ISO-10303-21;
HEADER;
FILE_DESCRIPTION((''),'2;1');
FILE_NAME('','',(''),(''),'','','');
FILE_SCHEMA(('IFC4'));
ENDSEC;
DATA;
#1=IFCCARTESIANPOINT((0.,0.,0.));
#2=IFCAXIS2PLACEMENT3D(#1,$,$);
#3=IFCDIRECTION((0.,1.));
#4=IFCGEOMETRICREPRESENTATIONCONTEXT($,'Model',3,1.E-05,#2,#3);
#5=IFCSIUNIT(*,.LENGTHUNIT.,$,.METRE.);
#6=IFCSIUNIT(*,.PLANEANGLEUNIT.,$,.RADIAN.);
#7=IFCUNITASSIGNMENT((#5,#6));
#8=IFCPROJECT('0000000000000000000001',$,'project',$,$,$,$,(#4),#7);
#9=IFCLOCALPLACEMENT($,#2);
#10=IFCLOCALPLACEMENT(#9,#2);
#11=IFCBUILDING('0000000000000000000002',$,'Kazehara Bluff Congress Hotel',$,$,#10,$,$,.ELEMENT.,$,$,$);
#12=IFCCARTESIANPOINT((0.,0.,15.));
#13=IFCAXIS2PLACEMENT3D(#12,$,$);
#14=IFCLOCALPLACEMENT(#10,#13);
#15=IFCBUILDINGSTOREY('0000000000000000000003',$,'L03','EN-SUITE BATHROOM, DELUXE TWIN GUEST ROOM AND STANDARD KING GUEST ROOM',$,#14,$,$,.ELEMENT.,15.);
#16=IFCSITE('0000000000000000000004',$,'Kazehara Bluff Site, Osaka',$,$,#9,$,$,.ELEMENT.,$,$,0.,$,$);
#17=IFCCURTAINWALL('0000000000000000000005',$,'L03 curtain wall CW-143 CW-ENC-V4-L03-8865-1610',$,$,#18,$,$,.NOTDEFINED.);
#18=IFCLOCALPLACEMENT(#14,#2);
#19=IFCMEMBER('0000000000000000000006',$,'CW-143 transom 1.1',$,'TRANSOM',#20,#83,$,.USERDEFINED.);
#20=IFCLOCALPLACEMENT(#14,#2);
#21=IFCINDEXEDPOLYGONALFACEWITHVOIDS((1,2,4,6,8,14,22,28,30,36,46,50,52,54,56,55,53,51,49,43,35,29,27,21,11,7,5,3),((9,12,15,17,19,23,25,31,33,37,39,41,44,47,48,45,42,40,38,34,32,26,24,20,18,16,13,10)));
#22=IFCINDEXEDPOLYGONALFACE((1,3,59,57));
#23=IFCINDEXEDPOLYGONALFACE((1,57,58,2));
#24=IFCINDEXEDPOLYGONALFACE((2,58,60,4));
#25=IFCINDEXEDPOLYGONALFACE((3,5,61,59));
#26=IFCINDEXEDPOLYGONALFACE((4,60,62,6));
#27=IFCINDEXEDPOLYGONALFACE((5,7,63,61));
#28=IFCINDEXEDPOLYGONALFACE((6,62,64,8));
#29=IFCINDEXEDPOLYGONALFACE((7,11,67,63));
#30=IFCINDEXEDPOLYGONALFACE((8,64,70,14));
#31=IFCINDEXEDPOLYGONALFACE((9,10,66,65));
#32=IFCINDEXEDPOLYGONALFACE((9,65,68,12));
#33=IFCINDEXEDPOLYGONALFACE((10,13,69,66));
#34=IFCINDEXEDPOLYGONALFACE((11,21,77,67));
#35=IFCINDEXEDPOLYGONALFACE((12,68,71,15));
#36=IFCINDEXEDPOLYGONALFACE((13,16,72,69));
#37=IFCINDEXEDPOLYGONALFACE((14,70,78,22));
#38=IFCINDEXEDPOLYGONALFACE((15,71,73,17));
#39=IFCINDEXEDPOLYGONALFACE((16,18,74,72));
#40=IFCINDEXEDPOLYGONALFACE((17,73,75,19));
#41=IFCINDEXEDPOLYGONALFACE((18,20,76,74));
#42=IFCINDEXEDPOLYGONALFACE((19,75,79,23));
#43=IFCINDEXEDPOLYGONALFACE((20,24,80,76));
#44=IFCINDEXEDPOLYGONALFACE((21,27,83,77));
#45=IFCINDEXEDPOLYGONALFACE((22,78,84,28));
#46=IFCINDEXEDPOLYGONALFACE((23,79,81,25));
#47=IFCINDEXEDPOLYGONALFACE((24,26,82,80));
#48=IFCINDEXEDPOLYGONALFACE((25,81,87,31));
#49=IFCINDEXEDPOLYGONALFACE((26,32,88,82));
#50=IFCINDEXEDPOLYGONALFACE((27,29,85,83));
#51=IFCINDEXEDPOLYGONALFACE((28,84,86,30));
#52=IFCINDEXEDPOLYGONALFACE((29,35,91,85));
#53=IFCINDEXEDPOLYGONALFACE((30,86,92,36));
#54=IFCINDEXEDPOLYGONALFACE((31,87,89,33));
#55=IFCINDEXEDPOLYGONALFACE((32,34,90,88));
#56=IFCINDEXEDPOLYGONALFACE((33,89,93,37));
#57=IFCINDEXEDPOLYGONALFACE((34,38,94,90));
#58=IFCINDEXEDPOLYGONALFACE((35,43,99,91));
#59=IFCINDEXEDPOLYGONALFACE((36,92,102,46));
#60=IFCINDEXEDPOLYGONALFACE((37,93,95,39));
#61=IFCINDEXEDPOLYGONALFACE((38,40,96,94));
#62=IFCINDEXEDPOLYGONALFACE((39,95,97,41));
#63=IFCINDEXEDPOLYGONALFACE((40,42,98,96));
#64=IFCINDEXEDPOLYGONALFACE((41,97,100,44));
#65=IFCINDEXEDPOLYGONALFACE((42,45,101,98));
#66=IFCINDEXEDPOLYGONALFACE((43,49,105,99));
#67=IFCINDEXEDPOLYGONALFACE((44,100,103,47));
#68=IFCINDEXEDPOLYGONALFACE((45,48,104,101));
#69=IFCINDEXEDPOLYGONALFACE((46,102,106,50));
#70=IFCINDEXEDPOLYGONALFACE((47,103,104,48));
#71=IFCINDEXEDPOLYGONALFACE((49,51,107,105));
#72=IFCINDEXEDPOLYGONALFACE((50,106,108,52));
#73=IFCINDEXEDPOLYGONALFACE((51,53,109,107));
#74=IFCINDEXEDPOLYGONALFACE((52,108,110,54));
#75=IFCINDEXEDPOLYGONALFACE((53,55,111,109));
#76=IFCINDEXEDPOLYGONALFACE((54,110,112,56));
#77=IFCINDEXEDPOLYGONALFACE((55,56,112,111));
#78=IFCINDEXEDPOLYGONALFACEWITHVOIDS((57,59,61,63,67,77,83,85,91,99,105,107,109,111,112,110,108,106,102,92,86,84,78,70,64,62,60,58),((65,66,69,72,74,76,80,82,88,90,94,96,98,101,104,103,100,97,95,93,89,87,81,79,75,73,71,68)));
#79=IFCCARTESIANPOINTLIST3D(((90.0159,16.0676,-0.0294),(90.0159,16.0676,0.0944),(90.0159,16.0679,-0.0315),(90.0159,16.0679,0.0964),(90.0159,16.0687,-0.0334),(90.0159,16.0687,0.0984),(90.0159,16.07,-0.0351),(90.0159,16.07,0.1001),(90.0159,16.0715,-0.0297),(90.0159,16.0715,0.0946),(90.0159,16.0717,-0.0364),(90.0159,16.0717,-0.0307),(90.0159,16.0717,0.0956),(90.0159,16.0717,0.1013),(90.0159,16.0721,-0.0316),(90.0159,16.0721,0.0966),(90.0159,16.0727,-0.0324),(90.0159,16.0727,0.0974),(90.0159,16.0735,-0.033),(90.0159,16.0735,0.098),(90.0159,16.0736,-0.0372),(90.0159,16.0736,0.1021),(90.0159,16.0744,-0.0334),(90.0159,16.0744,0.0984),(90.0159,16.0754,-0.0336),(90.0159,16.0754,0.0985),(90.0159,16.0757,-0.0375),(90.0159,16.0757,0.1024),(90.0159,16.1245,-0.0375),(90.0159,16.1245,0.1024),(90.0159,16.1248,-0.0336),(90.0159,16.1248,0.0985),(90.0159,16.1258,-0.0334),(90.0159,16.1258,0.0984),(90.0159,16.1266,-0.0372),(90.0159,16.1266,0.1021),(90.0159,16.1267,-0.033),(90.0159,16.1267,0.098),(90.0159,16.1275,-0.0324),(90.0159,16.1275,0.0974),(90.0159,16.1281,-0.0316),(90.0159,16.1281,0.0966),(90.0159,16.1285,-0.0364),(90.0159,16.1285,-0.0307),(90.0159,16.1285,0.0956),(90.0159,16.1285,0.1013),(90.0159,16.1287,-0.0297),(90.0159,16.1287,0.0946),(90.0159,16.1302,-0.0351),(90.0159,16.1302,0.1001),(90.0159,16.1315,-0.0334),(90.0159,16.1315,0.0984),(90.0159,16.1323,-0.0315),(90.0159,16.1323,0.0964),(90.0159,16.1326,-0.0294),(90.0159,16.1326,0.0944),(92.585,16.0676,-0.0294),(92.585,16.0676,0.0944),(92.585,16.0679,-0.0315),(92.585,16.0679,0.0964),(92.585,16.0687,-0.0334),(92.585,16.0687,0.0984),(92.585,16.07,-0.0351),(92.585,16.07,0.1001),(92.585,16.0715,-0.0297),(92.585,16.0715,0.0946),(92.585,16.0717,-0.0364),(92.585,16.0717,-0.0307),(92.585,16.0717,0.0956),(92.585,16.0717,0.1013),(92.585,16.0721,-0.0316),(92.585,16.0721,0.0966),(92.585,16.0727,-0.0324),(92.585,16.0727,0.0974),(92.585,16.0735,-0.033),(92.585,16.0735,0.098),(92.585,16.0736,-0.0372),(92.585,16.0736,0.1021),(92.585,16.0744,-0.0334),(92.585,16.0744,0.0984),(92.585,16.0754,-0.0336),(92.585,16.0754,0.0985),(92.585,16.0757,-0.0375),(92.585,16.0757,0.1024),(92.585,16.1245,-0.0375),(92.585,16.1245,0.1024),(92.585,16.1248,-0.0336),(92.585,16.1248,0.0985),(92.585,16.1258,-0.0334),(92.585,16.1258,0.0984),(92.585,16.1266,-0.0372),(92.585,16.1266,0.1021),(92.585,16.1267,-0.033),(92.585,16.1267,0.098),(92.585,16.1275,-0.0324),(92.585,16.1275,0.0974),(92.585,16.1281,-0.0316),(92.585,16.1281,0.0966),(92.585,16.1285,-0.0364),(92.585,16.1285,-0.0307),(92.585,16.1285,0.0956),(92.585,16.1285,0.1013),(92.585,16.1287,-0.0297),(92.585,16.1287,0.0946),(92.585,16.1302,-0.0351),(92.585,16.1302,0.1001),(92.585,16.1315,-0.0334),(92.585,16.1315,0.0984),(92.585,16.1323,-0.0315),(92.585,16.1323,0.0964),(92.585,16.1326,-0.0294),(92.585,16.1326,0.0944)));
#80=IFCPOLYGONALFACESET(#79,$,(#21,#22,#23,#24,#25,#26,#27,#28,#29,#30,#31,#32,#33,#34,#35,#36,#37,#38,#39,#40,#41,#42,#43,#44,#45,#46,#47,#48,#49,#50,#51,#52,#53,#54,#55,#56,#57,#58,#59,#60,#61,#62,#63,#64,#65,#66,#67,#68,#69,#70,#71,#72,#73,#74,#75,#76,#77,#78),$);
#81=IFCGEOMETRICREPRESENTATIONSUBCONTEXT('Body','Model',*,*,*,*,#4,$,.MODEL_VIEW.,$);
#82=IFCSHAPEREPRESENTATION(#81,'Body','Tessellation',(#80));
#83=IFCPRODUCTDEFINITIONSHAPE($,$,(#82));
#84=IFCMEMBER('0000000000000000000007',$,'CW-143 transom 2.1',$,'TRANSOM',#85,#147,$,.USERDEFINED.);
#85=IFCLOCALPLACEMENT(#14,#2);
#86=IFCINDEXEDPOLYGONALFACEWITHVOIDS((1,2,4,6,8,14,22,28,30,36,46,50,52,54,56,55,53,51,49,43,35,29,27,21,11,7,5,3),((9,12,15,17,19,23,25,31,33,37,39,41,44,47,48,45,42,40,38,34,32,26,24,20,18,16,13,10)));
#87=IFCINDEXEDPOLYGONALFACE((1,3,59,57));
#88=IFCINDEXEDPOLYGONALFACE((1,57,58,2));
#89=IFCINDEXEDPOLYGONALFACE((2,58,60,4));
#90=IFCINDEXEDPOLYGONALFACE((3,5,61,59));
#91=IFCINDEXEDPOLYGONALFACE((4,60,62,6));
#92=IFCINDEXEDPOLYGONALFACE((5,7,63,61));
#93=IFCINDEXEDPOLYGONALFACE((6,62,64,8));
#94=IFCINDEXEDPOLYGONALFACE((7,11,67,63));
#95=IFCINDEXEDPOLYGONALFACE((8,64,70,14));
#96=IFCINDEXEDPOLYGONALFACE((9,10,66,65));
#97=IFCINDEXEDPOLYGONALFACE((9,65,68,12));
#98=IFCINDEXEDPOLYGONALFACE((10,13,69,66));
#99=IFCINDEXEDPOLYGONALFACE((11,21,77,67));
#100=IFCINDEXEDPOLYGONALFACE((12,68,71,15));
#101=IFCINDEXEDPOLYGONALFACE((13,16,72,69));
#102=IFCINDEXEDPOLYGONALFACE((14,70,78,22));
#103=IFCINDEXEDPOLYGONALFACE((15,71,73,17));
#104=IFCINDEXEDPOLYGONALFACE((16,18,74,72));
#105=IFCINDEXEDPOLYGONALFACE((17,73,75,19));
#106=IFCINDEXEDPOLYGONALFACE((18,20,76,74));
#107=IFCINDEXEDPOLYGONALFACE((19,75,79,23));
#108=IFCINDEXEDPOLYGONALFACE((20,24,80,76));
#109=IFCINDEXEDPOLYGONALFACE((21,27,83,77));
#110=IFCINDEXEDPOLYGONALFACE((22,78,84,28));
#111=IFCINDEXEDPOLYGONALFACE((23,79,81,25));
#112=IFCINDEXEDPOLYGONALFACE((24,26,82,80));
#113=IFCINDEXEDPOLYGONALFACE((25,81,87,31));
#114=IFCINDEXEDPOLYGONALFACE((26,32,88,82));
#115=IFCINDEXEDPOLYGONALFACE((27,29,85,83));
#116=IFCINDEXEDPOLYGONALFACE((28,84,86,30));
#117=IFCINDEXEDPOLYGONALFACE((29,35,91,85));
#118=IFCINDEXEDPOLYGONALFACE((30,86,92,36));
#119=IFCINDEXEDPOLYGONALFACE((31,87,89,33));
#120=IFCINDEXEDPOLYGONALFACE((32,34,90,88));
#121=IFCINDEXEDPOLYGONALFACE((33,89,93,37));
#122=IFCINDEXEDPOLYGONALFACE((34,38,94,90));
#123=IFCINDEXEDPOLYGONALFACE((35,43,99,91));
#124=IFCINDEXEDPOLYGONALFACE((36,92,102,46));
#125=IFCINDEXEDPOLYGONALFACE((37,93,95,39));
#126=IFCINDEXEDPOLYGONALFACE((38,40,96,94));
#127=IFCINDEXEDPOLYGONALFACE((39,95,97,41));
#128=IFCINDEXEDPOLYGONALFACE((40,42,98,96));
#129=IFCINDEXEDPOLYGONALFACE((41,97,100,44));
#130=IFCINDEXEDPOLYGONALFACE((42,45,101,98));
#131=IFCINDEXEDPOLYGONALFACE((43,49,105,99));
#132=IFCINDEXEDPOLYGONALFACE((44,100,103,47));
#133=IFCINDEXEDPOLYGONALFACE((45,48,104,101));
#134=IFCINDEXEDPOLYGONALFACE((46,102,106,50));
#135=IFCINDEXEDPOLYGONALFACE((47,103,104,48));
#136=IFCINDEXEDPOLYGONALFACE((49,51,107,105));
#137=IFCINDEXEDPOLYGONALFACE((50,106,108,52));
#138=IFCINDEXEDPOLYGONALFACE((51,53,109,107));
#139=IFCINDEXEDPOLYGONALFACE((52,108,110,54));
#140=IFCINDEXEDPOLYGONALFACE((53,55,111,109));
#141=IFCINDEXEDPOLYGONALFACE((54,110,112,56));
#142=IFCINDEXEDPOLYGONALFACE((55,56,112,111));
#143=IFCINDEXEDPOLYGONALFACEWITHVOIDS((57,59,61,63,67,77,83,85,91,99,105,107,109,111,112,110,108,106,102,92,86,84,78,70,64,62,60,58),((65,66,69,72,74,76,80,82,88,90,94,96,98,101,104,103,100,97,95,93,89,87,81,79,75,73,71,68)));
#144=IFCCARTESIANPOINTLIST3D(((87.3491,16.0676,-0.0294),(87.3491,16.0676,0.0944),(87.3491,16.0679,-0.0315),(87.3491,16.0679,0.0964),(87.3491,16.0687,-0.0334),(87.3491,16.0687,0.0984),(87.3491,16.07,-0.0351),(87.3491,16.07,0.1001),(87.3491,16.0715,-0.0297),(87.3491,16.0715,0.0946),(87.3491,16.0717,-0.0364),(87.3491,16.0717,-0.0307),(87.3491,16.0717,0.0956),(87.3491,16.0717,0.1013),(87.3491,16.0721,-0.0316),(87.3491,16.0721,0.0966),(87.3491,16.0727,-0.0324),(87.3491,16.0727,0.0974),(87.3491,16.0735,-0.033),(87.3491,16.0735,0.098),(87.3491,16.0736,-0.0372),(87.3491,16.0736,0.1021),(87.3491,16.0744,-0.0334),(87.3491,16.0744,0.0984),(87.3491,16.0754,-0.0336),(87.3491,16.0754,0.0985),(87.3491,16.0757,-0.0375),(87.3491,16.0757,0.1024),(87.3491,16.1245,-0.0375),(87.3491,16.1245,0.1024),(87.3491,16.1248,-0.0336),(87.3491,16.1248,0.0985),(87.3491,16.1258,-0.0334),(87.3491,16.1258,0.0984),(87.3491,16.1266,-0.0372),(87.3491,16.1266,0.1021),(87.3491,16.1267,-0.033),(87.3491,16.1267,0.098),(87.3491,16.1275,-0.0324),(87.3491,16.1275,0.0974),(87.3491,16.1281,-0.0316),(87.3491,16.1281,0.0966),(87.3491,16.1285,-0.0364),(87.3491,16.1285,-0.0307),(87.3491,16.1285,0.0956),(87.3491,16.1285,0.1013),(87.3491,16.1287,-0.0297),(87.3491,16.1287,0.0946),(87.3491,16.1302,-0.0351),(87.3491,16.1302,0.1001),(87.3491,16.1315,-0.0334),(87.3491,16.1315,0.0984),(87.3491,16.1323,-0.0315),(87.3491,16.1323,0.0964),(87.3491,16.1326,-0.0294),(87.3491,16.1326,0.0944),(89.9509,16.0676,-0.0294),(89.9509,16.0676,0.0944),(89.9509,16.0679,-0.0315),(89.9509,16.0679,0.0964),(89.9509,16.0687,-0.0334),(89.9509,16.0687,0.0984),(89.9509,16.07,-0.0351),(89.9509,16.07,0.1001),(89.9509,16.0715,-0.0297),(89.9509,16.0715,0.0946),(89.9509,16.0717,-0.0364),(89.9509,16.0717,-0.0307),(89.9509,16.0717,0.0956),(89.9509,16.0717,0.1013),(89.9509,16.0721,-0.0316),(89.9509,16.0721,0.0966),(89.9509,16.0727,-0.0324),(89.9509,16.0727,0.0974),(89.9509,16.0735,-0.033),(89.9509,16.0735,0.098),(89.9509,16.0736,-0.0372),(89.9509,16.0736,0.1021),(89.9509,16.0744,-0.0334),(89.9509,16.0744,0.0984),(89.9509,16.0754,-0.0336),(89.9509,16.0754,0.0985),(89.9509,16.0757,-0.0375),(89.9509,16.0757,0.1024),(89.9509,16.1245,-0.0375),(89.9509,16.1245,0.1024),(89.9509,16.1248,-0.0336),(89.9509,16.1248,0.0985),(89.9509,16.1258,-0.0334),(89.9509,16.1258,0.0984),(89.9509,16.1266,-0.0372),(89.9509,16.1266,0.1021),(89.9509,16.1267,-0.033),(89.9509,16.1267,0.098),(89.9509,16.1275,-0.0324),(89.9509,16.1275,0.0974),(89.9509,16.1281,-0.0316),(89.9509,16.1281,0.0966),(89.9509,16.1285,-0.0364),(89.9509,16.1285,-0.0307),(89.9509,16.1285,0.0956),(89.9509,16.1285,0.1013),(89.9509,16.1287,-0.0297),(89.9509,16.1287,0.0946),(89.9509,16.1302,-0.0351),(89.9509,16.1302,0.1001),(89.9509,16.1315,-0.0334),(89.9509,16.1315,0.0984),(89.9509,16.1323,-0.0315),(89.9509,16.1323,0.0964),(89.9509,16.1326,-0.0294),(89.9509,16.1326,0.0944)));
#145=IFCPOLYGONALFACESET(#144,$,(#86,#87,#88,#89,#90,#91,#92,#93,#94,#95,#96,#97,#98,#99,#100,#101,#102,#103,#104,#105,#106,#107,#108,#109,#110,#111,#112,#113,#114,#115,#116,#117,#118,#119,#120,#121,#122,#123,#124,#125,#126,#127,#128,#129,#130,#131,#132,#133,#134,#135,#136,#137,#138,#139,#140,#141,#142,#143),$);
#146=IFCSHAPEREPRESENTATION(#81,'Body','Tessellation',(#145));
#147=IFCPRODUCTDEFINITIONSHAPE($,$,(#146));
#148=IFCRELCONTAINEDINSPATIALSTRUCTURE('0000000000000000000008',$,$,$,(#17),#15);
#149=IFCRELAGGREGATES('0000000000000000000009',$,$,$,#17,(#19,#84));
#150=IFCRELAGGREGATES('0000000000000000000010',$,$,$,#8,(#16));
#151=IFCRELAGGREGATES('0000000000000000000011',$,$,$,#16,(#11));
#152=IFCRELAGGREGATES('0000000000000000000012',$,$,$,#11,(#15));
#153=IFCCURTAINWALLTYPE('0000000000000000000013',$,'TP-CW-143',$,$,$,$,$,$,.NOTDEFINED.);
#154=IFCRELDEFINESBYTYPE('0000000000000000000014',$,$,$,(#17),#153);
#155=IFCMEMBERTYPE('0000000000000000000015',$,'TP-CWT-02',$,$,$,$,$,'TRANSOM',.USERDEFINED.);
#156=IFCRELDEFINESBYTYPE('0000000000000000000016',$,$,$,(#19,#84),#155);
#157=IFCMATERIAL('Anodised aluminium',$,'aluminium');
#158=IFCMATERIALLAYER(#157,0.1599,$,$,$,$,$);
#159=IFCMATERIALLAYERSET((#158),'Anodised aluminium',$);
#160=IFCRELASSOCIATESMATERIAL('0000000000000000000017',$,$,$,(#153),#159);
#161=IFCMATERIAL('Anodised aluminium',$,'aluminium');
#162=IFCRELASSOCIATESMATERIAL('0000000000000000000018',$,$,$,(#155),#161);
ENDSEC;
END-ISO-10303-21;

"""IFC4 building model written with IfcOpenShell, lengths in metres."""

from ifc_helpers import new_model, si_unit, direction, frame, origin, origin_2d, place, context, subcontext, project, spatial, hollow_rectangle, extrude, material, layer, layer_set, material_profile, profile_set, type_object, element, aggregate, save


model = new_model("IFC4")

# Units and contexts
model_context = context("Model", 3, precision=1e-05, world=origin(), true_north=direction((0.0, 1.0)))
body_context = subcontext(model_context, "Body", "Model", "MODEL_VIEW")
ifc_project = project(units=[si_unit("LENGTHUNIT", "METRE"), si_unit("PLANEANGLEUNIT", "RADIAN")], contexts=[model_context])

# Site, building, storey
site_placement = place(None, origin())
site = spatial("IfcSite", under=ifc_project, at=site_placement, Name="Kazehara Bluff Site, Osaka", CompositionType="ELEMENT", RefElevation=0.0)
building_placement = place(site_placement, origin())
building = spatial("IfcBuilding", under=site, at=building_placement, Name="Kazehara Bluff Congress Hotel", CompositionType="ELEMENT")
storey_placement = place(building_placement, frame((0.0, 0.0, 15.0)))
storey = spatial("IfcBuildingStorey", under=building, at=storey_placement, Name="L03", Description="EN-SUITE BATHROOM, DELUXE TWIN GUEST ROOM AND STANDARD KING GUEST ROOM", CompositionType="ELEMENT", Elevation=15.0)

# Curtain wall, members
ifc_material_1 = material(Name="Anodised aluminium", Category="aluminium")
ifc_layer_1 = layer(ifc_material_1, 0.1599)
ifc_layer_set_1 = layer_set([ifc_layer_1], Name="Anodised aluminium")
curtain_wall_type = type_object("IfcCurtainWallType", Name="TP-CW-143", PredefinedType="NOTDEFINED", material=ifc_layer_set_1)
curtain_wall_placement = place(storey_placement, origin())
curtain_wall = element("IfcCurtainWall", 1, at=curtain_wall_placement, inside=storey, type_object=curtain_wall_type, Name="L03 curtain wall CW-143 CW-ENC-V4-L03-8865-1610", PredefinedType="NOTDEFINED")
ifc_material_2 = material(Name="Anodised aluminium", Category="aluminium")
ifc_material_profile_1 = material_profile(ifc_material_2, hollow_rectangle(XDim=0.0649, YDim=0.1399, WallThickness=0.0039, InnerFilletRadius=0.0039, OuterFilletRadius=0.0081, at=origin_2d()))
ifc_profile_set_1 = profile_set([ifc_material_profile_1], Name="Anodised aluminium")
member_type_1 = type_object("IfcMemberType", Name="TP-CWT-02", ElementType="TRANSOM", PredefinedType="USERDEFINED", material=ifc_profile_set_1)
member_1_placement = place(storey_placement, frame((92.585, 16.1001, 0.0325), z_axis=(-1.0, 0.0, 0.0), x_axis=(0.0, -1.0, 0.0)))
member_1 = element("IfcMember", 2, at=member_1_placement, type_object=member_type_1, Name="CW-143 transom 1.1", ObjectType="TRANSOM", PredefinedType="USERDEFINED", context=body_context, shape_type="SweptSolid", body=[
    extrude(hollow_rectangle(XDim=0.0649, YDim=0.1399, WallThickness=0.0039, InnerFilletRadius=0.0039, OuterFilletRadius=0.0081, at=origin_2d()), origin(), (0.0, 0.0, 1.0), 2.5691),
])
member_2_placement = place(storey_placement, frame((89.9509, 16.1001, 0.0325), z_axis=(-1.0, 0.0, 0.0), x_axis=(0.0, -1.0, 0.0)))
member_2 = element("IfcMember", 3, at=member_2_placement, type_object=member_type_1, Name="CW-143 transom 2.1", ObjectType="TRANSOM", PredefinedType="USERDEFINED", context=body_context, shape_type="SweptSolid", body=[
    extrude(hollow_rectangle(XDim=0.0649, YDim=0.1399, WallThickness=0.0039, InnerFilletRadius=0.0039, OuterFilletRadius=0.0081, at=origin_2d()), origin(), (0.0, 0.0, 1.0), 2.6018),
])

aggregate(curtain_wall, [member_1, member_2])

save(model, "model.ifc")
